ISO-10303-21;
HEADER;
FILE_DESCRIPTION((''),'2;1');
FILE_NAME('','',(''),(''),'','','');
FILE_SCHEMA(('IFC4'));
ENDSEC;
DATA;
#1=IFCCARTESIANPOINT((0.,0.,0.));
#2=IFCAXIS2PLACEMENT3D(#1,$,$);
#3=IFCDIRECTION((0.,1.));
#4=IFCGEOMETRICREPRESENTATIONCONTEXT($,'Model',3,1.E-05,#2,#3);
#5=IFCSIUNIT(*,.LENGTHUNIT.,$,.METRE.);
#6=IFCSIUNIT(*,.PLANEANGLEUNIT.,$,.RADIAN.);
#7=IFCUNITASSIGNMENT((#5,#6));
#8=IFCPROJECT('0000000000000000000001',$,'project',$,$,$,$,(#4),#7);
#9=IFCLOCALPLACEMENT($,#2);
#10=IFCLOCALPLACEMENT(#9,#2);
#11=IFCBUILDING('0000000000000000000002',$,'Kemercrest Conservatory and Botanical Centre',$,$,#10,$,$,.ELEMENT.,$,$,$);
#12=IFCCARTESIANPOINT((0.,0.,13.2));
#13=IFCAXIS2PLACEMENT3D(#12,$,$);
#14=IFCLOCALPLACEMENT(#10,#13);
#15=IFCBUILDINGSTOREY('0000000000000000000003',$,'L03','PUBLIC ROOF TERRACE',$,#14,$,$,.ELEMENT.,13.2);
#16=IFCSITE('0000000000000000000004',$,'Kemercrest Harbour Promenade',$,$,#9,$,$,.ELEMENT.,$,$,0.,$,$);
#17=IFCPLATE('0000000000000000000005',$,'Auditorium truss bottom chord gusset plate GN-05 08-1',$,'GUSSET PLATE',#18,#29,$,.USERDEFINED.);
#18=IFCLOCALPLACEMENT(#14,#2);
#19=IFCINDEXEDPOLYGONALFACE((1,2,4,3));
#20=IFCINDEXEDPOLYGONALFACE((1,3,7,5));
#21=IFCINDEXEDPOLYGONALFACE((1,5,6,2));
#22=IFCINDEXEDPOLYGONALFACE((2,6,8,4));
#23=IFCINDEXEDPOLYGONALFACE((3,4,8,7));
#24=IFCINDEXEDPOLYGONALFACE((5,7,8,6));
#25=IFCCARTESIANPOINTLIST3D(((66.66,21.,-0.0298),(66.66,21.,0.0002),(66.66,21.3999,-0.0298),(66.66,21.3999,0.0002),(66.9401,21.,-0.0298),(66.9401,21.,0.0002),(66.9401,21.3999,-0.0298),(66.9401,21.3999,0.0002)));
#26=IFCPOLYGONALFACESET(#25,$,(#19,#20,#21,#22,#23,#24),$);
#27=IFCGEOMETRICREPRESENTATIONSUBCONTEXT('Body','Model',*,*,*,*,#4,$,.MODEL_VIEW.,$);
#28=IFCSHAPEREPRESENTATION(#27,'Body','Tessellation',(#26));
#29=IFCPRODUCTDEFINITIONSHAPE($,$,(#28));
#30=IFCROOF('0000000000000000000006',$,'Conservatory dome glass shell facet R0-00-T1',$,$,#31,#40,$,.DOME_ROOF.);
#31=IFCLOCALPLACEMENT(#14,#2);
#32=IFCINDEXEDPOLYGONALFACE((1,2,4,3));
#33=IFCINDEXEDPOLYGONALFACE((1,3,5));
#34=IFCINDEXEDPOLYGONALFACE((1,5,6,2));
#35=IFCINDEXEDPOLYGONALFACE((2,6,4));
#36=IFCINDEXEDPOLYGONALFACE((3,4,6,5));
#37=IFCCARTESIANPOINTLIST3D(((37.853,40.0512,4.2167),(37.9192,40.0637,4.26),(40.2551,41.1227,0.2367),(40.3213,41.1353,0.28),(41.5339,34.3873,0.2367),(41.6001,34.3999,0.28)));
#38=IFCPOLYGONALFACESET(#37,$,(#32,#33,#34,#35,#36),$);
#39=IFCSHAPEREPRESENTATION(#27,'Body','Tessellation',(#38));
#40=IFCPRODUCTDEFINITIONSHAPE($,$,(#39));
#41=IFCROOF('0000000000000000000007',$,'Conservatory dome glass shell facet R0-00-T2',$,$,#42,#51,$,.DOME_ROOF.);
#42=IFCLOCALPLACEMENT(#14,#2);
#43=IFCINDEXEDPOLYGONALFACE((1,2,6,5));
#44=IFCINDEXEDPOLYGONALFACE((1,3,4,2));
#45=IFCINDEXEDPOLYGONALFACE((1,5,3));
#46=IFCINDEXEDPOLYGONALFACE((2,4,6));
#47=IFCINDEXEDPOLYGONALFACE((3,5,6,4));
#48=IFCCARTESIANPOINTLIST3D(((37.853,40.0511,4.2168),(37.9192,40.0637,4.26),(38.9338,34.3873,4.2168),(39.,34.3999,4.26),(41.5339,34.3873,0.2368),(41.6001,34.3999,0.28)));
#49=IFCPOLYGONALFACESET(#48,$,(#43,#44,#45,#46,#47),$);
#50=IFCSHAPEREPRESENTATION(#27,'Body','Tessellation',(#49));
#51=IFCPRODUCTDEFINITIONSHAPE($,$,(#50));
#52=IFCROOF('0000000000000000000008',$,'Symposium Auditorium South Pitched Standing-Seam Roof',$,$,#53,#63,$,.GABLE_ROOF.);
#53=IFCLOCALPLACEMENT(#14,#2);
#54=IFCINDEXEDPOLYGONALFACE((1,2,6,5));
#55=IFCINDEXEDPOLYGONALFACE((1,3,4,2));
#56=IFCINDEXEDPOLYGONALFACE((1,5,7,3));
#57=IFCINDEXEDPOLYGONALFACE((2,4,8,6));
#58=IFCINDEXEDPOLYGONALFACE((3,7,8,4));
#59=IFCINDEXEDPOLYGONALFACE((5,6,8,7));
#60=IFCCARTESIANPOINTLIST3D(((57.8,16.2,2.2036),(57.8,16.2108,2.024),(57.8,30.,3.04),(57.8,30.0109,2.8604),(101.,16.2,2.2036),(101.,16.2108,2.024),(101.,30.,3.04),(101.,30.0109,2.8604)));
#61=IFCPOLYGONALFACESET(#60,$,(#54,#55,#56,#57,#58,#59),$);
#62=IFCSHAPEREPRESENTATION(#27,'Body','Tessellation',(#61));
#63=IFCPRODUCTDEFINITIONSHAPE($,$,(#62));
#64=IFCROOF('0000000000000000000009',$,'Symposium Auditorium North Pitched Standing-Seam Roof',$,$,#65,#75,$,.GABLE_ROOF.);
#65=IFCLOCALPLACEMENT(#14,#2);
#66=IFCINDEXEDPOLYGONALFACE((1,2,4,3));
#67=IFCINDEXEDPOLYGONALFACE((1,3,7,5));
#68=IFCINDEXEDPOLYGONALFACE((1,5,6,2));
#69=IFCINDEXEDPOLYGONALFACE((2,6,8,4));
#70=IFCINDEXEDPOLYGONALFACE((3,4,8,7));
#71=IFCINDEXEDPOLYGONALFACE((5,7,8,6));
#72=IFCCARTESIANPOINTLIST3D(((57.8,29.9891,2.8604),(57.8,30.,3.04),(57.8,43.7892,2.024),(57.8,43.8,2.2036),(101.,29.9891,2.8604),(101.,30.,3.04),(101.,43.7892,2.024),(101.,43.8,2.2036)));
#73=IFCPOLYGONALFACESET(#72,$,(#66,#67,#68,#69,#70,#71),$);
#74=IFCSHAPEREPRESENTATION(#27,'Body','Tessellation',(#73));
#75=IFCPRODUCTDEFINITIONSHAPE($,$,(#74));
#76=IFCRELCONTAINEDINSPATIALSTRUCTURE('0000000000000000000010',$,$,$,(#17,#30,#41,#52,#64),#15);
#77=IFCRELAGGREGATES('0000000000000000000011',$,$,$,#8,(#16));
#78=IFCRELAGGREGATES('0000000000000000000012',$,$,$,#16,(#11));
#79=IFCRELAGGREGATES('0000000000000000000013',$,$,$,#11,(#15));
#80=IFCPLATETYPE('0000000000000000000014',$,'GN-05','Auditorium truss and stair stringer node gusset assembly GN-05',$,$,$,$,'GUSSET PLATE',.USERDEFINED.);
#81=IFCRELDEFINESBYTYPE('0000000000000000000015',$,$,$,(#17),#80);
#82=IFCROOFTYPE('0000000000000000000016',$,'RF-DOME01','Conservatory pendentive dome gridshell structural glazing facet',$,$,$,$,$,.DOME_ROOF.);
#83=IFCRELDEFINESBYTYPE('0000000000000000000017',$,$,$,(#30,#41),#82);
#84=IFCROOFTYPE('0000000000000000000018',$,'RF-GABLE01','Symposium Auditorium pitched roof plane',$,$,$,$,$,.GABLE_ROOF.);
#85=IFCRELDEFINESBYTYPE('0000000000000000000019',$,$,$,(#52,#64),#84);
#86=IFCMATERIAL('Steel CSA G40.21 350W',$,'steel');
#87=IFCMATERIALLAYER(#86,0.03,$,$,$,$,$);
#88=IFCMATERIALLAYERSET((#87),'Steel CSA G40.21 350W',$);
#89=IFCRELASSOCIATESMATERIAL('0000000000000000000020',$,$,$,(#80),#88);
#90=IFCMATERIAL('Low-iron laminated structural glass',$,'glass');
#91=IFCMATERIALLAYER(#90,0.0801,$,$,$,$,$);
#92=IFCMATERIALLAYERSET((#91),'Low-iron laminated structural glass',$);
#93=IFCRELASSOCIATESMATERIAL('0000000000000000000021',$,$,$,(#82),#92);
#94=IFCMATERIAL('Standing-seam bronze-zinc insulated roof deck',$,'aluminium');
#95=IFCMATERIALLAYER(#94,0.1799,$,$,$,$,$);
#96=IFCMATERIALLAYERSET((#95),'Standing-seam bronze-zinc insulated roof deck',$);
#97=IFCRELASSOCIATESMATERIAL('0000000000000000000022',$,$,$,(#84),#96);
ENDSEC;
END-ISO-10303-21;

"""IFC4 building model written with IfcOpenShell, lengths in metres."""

from ifc_helpers import new_model, si_unit, direction, frame, origin, origin_2d, place, context, subcontext, project, spatial, polyline, rectangle, outline, extrude, material, layer, layer_set, type_object, element, save


model = new_model("IFC4")

# Units and contexts
model_context = context("Model", 3, precision=1e-05, world=origin(), true_north=direction((0.0, 1.0)))
body_context = subcontext(model_context, "Body", "Model", "MODEL_VIEW")
ifc_project = project(units=[si_unit("LENGTHUNIT", "METRE"), si_unit("PLANEANGLEUNIT", "RADIAN")], contexts=[model_context])

# Site, building, storey
site_placement = place(None, origin())
site = spatial("IfcSite", under=ifc_project, at=site_placement, Name="Kemercrest Harbour Promenade", CompositionType="ELEMENT", RefElevation=0.0)
building_placement = place(site_placement, origin())
building = spatial("IfcBuilding", under=site, at=building_placement, Name="Kemercrest Conservatory and Botanical Centre", CompositionType="ELEMENT")
storey_placement = place(building_placement, frame((0.0, 0.0, 13.2)))
storey = spatial("IfcBuildingStorey", under=building, at=storey_placement, Name="L03", Description="PUBLIC ROOF TERRACE", CompositionType="ELEMENT", Elevation=13.2)

# Shared definitions
ifc_material_1 = material(Name="Steel CSA G40.21 350W", Category="steel")

# Plate
ifc_layer_1 = layer(ifc_material_1, 0.03)
ifc_layer_set_1 = layer_set([ifc_layer_1], Name="Steel CSA G40.21 350W")
plate_type = type_object("IfcPlateType", Name="GN-05", Description="Auditorium truss and stair stringer node gusset assembly GN-05", ElementType="GUSSET PLATE", PredefinedType="USERDEFINED", material=ifc_layer_set_1)
for number, where, z_axis, x_axis, name in (
    (1, (66.8, 21.2, -0.0298), (0.0, 0.0, 1.0), (0.0, 1.0, 0.0), "Auditorium truss bottom chord gusset plate GN-05 08-1"),
):
    element("IfcPlate", number, at=place(storey_placement, frame(where, z_axis=z_axis, x_axis=x_axis)), inside=storey, type_object=plate_type, Name=name, ObjectType="GUSSET PLATE", PredefinedType="USERDEFINED", context=body_context, shape_type="SweptSolid", body=[
        extrude(rectangle(XDim=0.3999, YDim=0.28, at=origin_2d()), origin(), (0.0, 0.0, 1.0), 0.03),
    ])

# Roofs
ifc_material_2 = material(Name="Low-iron laminated structural glass", Category="glass")
ifc_layer_2 = layer(ifc_material_2, 0.0801)
ifc_layer_set_2 = layer_set([ifc_layer_2], Name="Low-iron laminated structural glass")
roof_type_1 = type_object("IfcRoofType", Name="RF-DOME01", Description="Conservatory pendentive dome gridshell structural glazing facet", PredefinedType="DOME_ROOF", material=ifc_layer_set_2)
roof_1_placement = place(storey_placement, frame((41.6001, 34.3999, 0.28), z_axis=(0.826296, 0.156885, 0.540946), x_axis=(-0.186533, 0.982449, 0.0)))
element("IfcRoof", 2, at=roof_1_placement, inside=storey, type_object=roof_type_1, Name="Conservatory dome glass shell facet R0-00-T1", PredefinedType="DOME_ROOF", context=body_context, shape_type="SweptSolid", body=[
    extrude(outline(polyline([(0.0, 0.0), (6.8557, 0.0), (6.251, 4.7321), (0.0, 0.0)])), origin(), (0.0, 0.0, -1.0), 0.0801),
])
roof_2_placement = place(storey_placement, frame((41.6001, 34.3999, 0.28), z_axis=(0.826698, 0.157756, 0.540077), x_axis=(-0.469494, 0.722411, 0.50764)))
element("IfcRoof", 3, at=roof_2_placement, inside=storey, type_object=roof_type_1, Name="Conservatory dome glass shell facet R0-00-T2", PredefinedType="DOME_ROOF", context=body_context, shape_type="SweptSolid", body=[
    extrude(outline(polyline([(0.0, 0.0), (7.8402, 0.0), (3.2411, 3.4779), (0.0, 0.0)])), origin(), (0.0, 0.0, -1.0), 0.0801),
])
ifc_material_3 = material(Name="Standing-seam bronze-zinc insulated roof deck", Category="aluminium")
ifc_layer_3 = layer(ifc_material_3, 0.1799)
ifc_layer_set_3 = layer_set([ifc_layer_3], Name="Standing-seam bronze-zinc insulated roof deck")
roof_type_2 = type_object("IfcRoofType", Name="RF-GABLE01", Description="Symposium Auditorium pitched roof plane", PredefinedType="GABLE_ROOF", material=ifc_layer_set_3)
for number, where, z_axis, x_axis, name in (
    (4, (57.8, 16.2, 2.2036), (0.0, -0.060499, 0.998168), (1.0, 0.0, 0.0), "Symposium Auditorium South Pitched Standing-Seam Roof"),
    (5, (57.8, 30.0, 3.04), (0.0, 0.060499, 0.998168), (1.0, 0.0, 0.0), "Symposium Auditorium North Pitched Standing-Seam Roof"),
):
    element("IfcRoof", number, at=place(storey_placement, frame(where, z_axis=z_axis, x_axis=x_axis)), inside=storey, type_object=roof_type_2, Name=name, PredefinedType="GABLE_ROOF", context=body_context, shape_type="SweptSolid", body=[
        extrude(outline(polyline([(0.0, 0.0), (43.2, 0.0), (43.2, 13.8254), (0.0, 13.8254), (0.0, 0.0)])), origin(), (0.0, 0.0, -1.0), 0.1799),
    ])

save(model, "model.ifc")
